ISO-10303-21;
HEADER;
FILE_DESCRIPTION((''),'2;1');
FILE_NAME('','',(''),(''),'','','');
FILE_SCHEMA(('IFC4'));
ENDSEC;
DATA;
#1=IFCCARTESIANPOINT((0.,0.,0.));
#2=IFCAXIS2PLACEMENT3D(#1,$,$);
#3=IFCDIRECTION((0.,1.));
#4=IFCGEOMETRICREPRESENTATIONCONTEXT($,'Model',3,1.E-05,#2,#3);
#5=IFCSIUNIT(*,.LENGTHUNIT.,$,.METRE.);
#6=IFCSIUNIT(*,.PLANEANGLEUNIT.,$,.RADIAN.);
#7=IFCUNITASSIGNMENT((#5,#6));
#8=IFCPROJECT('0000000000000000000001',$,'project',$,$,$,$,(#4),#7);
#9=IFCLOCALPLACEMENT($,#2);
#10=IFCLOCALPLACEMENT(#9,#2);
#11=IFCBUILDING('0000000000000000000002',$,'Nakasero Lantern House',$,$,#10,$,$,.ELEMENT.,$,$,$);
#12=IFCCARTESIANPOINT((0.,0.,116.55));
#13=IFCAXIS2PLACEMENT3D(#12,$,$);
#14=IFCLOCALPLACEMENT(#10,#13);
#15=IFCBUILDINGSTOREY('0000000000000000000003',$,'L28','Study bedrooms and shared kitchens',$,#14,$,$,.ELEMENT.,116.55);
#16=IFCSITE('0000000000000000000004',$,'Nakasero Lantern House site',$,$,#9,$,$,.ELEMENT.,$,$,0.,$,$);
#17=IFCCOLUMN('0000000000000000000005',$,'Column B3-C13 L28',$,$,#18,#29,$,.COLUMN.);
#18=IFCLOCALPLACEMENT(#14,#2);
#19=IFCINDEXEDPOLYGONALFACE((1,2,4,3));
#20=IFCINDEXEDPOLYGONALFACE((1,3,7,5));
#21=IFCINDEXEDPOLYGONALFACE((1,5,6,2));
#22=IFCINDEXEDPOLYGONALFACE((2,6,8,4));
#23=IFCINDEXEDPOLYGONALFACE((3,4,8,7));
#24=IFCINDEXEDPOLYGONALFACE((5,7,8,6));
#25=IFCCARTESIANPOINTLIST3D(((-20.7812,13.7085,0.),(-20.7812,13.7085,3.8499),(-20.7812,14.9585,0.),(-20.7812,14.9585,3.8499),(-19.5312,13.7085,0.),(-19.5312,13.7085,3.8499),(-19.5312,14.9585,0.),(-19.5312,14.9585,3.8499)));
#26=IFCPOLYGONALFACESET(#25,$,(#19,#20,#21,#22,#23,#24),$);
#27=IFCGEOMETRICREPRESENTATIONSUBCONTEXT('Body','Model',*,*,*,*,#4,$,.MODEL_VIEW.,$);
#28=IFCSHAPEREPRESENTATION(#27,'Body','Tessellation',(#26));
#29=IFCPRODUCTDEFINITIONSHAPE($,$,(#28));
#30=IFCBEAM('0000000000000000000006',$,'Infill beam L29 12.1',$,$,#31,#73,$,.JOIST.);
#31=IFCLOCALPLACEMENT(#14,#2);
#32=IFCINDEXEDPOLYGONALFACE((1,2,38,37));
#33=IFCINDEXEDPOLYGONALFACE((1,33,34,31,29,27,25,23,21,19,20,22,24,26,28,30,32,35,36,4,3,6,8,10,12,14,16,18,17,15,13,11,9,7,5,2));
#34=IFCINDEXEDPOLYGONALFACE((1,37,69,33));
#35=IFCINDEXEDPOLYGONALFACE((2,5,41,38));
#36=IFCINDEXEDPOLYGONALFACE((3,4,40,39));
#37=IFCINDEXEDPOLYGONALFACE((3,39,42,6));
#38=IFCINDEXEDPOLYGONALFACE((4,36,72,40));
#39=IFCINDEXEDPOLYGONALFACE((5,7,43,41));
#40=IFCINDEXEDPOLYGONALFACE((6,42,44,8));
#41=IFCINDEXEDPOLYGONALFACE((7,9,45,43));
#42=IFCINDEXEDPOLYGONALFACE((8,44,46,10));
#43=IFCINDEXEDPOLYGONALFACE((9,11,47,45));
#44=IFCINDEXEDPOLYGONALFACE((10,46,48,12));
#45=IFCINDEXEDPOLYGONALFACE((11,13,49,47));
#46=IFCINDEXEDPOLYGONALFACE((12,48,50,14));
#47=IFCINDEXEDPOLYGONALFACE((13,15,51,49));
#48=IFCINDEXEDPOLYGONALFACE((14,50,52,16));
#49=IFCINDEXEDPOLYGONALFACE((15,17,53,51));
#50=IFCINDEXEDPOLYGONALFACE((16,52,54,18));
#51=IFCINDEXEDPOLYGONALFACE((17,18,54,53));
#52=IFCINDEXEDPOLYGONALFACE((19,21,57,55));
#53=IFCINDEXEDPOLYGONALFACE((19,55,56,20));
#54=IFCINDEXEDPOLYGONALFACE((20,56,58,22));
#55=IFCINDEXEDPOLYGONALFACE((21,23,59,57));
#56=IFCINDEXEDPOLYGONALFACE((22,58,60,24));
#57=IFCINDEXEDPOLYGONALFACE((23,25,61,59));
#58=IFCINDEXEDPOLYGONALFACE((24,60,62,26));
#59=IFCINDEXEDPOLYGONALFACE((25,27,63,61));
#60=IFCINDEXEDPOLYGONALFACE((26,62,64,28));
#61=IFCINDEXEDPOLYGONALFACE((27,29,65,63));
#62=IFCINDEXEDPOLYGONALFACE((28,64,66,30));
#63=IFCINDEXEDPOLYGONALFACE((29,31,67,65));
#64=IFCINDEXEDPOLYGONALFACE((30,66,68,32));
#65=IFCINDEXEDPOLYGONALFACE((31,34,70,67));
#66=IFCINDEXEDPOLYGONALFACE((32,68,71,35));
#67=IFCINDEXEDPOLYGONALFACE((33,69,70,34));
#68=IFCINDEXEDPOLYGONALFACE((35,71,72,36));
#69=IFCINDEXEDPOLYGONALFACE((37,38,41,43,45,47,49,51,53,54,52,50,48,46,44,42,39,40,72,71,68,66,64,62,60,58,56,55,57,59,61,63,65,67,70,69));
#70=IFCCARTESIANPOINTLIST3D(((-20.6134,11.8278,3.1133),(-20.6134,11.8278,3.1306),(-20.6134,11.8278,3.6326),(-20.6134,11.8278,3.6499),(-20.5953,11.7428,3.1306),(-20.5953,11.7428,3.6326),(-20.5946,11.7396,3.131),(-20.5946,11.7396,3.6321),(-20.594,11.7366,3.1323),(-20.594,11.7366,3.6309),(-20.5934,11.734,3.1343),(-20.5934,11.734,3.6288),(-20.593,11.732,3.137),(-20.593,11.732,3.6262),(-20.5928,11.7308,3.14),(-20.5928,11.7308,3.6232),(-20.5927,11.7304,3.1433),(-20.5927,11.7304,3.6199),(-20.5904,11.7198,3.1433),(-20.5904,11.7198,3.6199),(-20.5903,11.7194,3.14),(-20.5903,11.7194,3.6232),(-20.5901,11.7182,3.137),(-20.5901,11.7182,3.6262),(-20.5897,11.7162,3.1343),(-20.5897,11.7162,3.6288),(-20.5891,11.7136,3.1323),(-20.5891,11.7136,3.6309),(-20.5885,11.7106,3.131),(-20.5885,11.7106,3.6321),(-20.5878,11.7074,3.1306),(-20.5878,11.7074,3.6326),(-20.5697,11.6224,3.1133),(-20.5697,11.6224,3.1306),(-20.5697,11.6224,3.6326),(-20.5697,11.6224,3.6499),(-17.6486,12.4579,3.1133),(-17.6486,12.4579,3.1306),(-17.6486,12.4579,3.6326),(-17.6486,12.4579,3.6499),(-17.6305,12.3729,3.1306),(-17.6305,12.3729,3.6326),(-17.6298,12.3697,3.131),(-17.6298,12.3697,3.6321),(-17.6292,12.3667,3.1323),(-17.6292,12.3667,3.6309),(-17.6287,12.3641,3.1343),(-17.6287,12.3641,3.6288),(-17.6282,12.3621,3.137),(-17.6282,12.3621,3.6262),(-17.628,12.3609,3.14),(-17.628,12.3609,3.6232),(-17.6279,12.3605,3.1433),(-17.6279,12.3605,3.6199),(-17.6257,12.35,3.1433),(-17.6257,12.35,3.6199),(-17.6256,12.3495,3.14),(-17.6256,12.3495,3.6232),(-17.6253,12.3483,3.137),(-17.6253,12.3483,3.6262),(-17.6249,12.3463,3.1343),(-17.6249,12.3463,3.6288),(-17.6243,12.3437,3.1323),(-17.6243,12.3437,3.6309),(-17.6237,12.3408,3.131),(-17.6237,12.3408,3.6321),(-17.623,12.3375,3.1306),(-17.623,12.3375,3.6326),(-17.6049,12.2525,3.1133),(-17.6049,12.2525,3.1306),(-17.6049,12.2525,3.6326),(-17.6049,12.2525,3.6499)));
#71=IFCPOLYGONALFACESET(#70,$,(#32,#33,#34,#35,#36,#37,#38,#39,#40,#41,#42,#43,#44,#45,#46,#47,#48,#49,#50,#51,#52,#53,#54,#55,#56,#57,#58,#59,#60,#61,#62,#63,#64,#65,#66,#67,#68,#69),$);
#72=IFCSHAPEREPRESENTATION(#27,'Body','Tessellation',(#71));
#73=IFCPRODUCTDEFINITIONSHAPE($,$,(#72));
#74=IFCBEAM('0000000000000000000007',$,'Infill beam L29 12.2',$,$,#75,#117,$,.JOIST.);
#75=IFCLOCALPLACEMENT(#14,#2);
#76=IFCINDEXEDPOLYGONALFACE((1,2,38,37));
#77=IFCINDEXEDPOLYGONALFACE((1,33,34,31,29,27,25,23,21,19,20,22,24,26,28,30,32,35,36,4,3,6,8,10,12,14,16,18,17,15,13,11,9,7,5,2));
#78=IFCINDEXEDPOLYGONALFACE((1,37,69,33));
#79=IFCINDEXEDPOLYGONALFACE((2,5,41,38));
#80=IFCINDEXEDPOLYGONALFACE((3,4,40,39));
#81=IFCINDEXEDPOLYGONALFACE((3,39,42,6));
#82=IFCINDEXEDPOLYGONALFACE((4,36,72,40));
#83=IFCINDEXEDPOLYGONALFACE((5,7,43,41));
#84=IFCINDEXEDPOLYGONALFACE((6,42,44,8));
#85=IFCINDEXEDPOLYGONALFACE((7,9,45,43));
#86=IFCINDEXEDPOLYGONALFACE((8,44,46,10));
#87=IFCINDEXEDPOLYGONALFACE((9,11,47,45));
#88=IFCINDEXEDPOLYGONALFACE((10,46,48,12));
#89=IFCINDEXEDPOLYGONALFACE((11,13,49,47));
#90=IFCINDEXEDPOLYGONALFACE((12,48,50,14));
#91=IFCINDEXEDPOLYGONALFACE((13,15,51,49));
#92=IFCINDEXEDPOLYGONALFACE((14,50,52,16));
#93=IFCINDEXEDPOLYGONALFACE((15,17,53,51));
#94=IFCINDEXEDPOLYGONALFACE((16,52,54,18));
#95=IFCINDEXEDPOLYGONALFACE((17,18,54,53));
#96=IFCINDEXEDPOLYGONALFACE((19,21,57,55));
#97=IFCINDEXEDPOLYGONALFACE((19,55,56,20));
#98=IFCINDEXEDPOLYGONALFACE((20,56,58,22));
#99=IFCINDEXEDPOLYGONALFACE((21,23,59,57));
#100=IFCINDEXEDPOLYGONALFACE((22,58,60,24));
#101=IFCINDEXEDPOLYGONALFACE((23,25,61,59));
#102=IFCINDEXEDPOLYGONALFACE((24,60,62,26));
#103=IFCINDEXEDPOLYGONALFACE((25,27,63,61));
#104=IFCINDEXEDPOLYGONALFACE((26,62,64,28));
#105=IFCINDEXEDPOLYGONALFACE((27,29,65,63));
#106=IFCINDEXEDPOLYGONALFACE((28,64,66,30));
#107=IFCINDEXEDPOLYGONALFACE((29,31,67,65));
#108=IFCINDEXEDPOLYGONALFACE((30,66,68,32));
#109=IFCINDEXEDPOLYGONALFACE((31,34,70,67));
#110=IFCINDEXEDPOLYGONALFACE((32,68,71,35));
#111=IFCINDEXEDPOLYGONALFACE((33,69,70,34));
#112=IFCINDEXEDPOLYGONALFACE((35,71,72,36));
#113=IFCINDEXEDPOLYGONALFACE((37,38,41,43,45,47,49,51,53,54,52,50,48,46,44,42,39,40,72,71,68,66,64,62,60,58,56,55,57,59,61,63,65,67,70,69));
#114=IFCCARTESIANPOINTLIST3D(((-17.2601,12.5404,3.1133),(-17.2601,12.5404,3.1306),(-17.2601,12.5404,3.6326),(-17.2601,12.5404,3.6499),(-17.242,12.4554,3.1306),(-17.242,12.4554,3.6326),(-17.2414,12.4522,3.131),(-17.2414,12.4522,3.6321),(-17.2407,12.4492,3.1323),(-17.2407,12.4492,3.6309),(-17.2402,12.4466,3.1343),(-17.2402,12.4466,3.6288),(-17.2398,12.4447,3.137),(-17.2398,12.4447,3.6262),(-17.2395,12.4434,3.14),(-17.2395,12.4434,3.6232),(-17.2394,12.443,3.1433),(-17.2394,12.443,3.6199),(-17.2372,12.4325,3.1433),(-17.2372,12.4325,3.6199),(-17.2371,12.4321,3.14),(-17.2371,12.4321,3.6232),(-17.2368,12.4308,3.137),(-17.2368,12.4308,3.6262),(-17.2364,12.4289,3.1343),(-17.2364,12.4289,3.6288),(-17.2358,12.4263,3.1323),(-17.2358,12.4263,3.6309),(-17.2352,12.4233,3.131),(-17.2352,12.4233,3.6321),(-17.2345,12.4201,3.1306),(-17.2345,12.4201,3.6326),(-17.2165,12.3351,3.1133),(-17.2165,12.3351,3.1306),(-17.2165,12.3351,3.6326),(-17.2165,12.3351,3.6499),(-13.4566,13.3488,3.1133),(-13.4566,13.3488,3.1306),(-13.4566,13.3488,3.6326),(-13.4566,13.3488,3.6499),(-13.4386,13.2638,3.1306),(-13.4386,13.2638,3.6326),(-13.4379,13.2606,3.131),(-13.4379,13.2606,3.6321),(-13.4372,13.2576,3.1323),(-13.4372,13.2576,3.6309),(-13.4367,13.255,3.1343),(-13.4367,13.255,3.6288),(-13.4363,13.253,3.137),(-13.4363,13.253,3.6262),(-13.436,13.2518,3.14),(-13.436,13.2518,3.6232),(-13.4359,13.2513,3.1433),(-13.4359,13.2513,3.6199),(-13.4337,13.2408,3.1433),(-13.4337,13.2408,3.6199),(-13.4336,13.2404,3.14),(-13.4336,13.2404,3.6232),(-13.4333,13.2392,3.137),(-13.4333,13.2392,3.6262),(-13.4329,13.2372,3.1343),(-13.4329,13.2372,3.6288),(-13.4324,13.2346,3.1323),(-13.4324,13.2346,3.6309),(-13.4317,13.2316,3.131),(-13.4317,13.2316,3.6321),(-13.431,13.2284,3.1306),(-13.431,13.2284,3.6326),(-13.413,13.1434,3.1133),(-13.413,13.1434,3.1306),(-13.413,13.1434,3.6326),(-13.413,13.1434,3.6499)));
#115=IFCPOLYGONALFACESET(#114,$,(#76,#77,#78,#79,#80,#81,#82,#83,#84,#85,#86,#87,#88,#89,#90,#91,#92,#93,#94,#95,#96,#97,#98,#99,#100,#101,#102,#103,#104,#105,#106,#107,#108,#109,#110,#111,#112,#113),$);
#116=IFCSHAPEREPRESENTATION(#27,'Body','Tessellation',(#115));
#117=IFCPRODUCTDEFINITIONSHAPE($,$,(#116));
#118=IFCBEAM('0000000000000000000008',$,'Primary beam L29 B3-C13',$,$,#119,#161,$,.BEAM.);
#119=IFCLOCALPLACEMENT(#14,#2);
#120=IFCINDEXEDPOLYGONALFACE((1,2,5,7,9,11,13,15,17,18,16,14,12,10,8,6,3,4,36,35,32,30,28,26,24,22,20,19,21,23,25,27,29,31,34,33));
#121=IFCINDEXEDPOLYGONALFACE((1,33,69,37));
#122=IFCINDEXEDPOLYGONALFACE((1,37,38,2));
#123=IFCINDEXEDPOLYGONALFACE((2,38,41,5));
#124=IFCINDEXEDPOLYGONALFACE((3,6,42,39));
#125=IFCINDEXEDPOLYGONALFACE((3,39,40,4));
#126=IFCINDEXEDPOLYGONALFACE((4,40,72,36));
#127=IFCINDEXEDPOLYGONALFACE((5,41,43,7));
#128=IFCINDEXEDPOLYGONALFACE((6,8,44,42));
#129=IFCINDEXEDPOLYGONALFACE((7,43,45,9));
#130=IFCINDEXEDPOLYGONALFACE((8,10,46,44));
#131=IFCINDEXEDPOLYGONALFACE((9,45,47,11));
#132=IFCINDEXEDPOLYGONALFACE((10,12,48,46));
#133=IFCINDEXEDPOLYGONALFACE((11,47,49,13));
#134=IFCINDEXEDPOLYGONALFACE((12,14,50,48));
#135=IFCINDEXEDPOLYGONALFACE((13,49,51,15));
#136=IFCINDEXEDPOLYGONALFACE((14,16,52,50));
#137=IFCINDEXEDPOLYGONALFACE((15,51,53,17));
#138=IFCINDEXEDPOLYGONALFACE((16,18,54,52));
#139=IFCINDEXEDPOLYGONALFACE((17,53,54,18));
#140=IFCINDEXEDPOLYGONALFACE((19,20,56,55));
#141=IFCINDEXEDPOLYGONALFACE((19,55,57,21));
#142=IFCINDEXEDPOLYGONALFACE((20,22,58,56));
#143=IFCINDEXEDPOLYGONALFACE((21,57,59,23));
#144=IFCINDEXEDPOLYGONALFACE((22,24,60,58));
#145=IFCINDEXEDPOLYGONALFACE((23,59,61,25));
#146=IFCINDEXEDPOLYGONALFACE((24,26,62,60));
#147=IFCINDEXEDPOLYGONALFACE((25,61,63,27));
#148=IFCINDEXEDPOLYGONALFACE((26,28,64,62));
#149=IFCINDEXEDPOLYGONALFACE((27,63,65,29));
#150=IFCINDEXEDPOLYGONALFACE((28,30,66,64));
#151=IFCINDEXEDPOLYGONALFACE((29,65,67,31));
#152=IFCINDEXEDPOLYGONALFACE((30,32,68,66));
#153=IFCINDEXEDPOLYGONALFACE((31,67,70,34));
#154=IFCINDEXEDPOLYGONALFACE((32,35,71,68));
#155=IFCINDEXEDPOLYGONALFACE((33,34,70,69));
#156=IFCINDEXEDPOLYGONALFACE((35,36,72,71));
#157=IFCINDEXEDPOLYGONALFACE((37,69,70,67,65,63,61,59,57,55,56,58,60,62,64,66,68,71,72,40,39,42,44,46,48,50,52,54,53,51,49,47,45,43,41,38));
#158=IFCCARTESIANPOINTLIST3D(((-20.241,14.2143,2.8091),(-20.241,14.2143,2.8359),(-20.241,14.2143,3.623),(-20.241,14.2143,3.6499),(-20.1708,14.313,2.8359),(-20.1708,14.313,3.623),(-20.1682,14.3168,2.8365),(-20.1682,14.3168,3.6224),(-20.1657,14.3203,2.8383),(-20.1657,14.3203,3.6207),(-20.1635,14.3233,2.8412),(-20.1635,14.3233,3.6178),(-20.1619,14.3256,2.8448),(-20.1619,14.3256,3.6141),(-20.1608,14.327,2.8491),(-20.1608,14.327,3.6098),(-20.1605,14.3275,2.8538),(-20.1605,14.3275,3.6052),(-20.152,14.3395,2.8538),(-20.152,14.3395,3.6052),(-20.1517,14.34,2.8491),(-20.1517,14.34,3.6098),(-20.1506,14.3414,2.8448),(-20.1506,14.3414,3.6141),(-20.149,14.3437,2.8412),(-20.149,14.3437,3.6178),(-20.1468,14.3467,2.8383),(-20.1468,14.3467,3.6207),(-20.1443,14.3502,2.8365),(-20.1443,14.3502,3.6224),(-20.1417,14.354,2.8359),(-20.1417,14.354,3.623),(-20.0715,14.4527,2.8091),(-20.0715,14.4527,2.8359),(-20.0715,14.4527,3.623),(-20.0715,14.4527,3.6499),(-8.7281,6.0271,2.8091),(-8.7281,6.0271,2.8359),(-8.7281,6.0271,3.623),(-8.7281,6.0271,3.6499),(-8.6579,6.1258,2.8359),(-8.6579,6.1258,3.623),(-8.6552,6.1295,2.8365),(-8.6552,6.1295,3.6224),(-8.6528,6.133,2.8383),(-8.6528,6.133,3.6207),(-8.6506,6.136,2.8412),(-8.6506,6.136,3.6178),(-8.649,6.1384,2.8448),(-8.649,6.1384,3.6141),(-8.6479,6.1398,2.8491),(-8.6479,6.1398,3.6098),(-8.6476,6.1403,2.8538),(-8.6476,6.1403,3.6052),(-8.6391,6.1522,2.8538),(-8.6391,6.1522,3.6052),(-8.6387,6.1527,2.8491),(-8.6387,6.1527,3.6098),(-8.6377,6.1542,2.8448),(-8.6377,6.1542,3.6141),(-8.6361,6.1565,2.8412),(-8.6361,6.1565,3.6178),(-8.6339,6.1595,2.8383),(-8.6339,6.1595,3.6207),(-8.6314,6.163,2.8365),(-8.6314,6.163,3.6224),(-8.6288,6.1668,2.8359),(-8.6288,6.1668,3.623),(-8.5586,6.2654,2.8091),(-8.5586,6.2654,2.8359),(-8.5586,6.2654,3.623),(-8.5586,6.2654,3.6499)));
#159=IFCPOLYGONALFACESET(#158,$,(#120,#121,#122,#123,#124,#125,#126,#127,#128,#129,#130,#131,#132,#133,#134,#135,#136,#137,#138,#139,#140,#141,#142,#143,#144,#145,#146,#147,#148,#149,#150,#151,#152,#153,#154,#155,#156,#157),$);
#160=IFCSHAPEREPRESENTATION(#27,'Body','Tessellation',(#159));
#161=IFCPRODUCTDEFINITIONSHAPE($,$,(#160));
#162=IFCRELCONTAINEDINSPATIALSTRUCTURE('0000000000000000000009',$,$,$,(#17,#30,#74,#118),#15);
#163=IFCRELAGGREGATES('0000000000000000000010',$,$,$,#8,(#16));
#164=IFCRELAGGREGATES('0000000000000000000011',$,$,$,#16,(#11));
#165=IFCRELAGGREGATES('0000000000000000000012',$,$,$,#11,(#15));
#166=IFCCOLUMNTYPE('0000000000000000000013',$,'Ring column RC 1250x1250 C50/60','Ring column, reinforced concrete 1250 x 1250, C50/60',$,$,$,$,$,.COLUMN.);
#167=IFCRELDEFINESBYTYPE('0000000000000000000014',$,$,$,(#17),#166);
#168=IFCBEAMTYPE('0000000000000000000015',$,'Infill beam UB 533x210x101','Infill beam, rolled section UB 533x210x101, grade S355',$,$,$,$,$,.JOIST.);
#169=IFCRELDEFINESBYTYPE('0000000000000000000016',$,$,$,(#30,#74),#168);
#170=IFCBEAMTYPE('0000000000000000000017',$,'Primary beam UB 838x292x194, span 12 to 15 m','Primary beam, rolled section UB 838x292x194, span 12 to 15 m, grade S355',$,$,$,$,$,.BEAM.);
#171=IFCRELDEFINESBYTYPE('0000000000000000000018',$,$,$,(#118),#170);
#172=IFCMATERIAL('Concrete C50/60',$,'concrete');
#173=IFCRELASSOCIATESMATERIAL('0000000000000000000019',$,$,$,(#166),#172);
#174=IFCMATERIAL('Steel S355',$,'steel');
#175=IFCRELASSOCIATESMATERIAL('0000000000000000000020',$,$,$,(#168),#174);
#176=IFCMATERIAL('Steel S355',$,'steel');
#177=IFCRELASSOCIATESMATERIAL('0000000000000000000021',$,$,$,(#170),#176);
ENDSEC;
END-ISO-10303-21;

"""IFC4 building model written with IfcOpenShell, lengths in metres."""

from ifc_helpers import new_model, si_unit, direction, frame, origin, origin_2d, place, context, subcontext, project, spatial, rectangle, i_section, extrude, material, material_profile, profile_set, type_object, element, save


model = new_model("IFC4")

# Units and contexts
model_context = context("Model", 3, precision=1e-05, world=origin(), true_north=direction((0.0, 1.0)))
body_context = subcontext(model_context, "Body", "Model", "MODEL_VIEW")
ifc_project = project(units=[si_unit("LENGTHUNIT", "METRE"), si_unit("PLANEANGLEUNIT", "RADIAN")], contexts=[model_context])

# Site, building, storey
site_placement = place(None, origin())
site = spatial("IfcSite", under=ifc_project, at=site_placement, Name="Nakasero Lantern House site", CompositionType="ELEMENT", RefElevation=0.0)
building_placement = place(site_placement, origin())
building = spatial("IfcBuilding", under=site, at=building_placement, Name="Nakasero Lantern House", CompositionType="ELEMENT")
storey_placement = place(building_placement, frame((0.0, 0.0, 116.55)))
storey = spatial("IfcBuildingStorey", under=building, at=storey_placement, Name="L28", Description="Study bedrooms and shared kitchens", CompositionType="ELEMENT", Elevation=116.55)

# Column
ifc_material_1 = material(Name="Concrete C50/60", Category="concrete")
ifc_material_profile_1 = material_profile(ifc_material_1, rectangle(XDim=1.25, YDim=1.25, at=origin_2d()), Name="RC 1250x1250")
ifc_profile_set_1 = profile_set([ifc_material_profile_1], Name="Concrete C50/60")
column_type = type_object("IfcColumnType", Name="Ring column RC 1250x1250 C50/60", Description="Ring column, reinforced concrete 1250 x 1250, C50/60", PredefinedType="COLUMN", material=ifc_profile_set_1)
column_placement = place(storey_placement, frame((-20.1562, 14.3335, 0.0), z_axis=(0.0, 0.0, 1.0), x_axis=(1.0, 0.0, 0.0)))
element("IfcColumn", 1, at=column_placement, inside=storey, type_object=column_type, Name="Column B3-C13 L28", PredefinedType="COLUMN", context=body_context, shape_type="SweptSolid", body=[
    extrude(rectangle(XDim=1.25, YDim=1.25, at=origin_2d()), origin(), (0.0, 0.0, 1.0), 3.8499),
])

# Beams
ifc_material_2 = material(Name="Steel S355", Category="steel")
ifc_material_profile_2 = material_profile(ifc_material_2, i_section(OverallWidth=0.21, OverallDepth=0.5366, WebThickness=0.0107, FlangeThickness=0.0173, FilletRadius=0.0127, at=origin_2d()), Name="UB 533x210x101")
ifc_profile_set_2 = profile_set([ifc_material_profile_2], Name="Steel S355")
beam_type_1 = type_object("IfcBeamType", Name="Infill beam UB 533x210x101", Description="Infill beam, rolled section UB 533x210x101, grade S355", PredefinedType="JOIST", material=ifc_profile_set_2)
beam_1_placement = place(storey_placement, frame((-20.5916, 11.7251, 3.3816), z_axis=(0.978152, 0.20789, 0.0), x_axis=(-0.20789, 0.978152, 0.0)))
element("IfcBeam", 2, at=beam_1_placement, inside=storey, type_object=beam_type_1, Name="Infill beam L29 12.1", PredefinedType="JOIST", context=body_context, shape_type="SweptSolid", body=[
    extrude(i_section(OverallWidth=0.21, OverallDepth=0.5366, WebThickness=0.0107, FlangeThickness=0.0173, FilletRadius=0.0127, at=origin_2d()), origin(), (0.0, 0.0, 1.0), 3.031),
])
beam_2_placement = place(storey_placement, frame((-17.2383, 12.4377, 3.3816), z_axis=(0.978153, 0.207887, 0.0), x_axis=(-0.207887, 0.978153, 0.0)))
element("IfcBeam", 3, at=beam_2_placement, inside=storey, type_object=beam_type_1, Name="Infill beam L29 12.2", PredefinedType="JOIST", context=body_context, shape_type="SweptSolid", body=[
    extrude(i_section(OverallWidth=0.21, OverallDepth=0.5366, WebThickness=0.0107, FlangeThickness=0.0173, FilletRadius=0.0127, at=origin_2d()), origin(), (0.0, 0.0, 1.0), 3.8884),
])
ifc_material_3 = material(Name="Steel S355", Category="steel")
ifc_material_profile_3 = material_profile(ifc_material_3, i_section(OverallWidth=0.2925, OverallDepth=0.8408, WebThickness=0.0146, FlangeThickness=0.0269, FilletRadius=0.0178, at=origin_2d()), Name="UB 838x292x194")
ifc_profile_set_3 = profile_set([ifc_material_profile_3], Name="Steel S355")
beam_type_2 = type_object("IfcBeamType", Name="Primary beam UB 838x292x194, span 12 to 15 m", Description="Primary beam, rolled section UB 838x292x194, span 12 to 15 m, grade S355", PredefinedType="BEAM", material=ifc_profile_set_3)
beam_3_placement = place(storey_placement, frame((-20.1562, 14.3335, 3.2295), z_axis=(0.814946, -0.579537, 0.0), x_axis=(0.579537, 0.814946, 0.0)))
element("IfcBeam", 4, at=beam_3_placement, inside=storey, type_object=beam_type_2, Name="Primary beam L29 B3-C13", PredefinedType="BEAM", context=body_context, shape_type="SweptSolid", body=[
    extrude(i_section(OverallWidth=0.2925, OverallDepth=0.8408, WebThickness=0.0146, FlangeThickness=0.0269, FilletRadius=0.0178, at=origin_2d()), origin(), (0.0, 0.0, 1.0), 14.1272),
])

save(model, "model.ifc")
